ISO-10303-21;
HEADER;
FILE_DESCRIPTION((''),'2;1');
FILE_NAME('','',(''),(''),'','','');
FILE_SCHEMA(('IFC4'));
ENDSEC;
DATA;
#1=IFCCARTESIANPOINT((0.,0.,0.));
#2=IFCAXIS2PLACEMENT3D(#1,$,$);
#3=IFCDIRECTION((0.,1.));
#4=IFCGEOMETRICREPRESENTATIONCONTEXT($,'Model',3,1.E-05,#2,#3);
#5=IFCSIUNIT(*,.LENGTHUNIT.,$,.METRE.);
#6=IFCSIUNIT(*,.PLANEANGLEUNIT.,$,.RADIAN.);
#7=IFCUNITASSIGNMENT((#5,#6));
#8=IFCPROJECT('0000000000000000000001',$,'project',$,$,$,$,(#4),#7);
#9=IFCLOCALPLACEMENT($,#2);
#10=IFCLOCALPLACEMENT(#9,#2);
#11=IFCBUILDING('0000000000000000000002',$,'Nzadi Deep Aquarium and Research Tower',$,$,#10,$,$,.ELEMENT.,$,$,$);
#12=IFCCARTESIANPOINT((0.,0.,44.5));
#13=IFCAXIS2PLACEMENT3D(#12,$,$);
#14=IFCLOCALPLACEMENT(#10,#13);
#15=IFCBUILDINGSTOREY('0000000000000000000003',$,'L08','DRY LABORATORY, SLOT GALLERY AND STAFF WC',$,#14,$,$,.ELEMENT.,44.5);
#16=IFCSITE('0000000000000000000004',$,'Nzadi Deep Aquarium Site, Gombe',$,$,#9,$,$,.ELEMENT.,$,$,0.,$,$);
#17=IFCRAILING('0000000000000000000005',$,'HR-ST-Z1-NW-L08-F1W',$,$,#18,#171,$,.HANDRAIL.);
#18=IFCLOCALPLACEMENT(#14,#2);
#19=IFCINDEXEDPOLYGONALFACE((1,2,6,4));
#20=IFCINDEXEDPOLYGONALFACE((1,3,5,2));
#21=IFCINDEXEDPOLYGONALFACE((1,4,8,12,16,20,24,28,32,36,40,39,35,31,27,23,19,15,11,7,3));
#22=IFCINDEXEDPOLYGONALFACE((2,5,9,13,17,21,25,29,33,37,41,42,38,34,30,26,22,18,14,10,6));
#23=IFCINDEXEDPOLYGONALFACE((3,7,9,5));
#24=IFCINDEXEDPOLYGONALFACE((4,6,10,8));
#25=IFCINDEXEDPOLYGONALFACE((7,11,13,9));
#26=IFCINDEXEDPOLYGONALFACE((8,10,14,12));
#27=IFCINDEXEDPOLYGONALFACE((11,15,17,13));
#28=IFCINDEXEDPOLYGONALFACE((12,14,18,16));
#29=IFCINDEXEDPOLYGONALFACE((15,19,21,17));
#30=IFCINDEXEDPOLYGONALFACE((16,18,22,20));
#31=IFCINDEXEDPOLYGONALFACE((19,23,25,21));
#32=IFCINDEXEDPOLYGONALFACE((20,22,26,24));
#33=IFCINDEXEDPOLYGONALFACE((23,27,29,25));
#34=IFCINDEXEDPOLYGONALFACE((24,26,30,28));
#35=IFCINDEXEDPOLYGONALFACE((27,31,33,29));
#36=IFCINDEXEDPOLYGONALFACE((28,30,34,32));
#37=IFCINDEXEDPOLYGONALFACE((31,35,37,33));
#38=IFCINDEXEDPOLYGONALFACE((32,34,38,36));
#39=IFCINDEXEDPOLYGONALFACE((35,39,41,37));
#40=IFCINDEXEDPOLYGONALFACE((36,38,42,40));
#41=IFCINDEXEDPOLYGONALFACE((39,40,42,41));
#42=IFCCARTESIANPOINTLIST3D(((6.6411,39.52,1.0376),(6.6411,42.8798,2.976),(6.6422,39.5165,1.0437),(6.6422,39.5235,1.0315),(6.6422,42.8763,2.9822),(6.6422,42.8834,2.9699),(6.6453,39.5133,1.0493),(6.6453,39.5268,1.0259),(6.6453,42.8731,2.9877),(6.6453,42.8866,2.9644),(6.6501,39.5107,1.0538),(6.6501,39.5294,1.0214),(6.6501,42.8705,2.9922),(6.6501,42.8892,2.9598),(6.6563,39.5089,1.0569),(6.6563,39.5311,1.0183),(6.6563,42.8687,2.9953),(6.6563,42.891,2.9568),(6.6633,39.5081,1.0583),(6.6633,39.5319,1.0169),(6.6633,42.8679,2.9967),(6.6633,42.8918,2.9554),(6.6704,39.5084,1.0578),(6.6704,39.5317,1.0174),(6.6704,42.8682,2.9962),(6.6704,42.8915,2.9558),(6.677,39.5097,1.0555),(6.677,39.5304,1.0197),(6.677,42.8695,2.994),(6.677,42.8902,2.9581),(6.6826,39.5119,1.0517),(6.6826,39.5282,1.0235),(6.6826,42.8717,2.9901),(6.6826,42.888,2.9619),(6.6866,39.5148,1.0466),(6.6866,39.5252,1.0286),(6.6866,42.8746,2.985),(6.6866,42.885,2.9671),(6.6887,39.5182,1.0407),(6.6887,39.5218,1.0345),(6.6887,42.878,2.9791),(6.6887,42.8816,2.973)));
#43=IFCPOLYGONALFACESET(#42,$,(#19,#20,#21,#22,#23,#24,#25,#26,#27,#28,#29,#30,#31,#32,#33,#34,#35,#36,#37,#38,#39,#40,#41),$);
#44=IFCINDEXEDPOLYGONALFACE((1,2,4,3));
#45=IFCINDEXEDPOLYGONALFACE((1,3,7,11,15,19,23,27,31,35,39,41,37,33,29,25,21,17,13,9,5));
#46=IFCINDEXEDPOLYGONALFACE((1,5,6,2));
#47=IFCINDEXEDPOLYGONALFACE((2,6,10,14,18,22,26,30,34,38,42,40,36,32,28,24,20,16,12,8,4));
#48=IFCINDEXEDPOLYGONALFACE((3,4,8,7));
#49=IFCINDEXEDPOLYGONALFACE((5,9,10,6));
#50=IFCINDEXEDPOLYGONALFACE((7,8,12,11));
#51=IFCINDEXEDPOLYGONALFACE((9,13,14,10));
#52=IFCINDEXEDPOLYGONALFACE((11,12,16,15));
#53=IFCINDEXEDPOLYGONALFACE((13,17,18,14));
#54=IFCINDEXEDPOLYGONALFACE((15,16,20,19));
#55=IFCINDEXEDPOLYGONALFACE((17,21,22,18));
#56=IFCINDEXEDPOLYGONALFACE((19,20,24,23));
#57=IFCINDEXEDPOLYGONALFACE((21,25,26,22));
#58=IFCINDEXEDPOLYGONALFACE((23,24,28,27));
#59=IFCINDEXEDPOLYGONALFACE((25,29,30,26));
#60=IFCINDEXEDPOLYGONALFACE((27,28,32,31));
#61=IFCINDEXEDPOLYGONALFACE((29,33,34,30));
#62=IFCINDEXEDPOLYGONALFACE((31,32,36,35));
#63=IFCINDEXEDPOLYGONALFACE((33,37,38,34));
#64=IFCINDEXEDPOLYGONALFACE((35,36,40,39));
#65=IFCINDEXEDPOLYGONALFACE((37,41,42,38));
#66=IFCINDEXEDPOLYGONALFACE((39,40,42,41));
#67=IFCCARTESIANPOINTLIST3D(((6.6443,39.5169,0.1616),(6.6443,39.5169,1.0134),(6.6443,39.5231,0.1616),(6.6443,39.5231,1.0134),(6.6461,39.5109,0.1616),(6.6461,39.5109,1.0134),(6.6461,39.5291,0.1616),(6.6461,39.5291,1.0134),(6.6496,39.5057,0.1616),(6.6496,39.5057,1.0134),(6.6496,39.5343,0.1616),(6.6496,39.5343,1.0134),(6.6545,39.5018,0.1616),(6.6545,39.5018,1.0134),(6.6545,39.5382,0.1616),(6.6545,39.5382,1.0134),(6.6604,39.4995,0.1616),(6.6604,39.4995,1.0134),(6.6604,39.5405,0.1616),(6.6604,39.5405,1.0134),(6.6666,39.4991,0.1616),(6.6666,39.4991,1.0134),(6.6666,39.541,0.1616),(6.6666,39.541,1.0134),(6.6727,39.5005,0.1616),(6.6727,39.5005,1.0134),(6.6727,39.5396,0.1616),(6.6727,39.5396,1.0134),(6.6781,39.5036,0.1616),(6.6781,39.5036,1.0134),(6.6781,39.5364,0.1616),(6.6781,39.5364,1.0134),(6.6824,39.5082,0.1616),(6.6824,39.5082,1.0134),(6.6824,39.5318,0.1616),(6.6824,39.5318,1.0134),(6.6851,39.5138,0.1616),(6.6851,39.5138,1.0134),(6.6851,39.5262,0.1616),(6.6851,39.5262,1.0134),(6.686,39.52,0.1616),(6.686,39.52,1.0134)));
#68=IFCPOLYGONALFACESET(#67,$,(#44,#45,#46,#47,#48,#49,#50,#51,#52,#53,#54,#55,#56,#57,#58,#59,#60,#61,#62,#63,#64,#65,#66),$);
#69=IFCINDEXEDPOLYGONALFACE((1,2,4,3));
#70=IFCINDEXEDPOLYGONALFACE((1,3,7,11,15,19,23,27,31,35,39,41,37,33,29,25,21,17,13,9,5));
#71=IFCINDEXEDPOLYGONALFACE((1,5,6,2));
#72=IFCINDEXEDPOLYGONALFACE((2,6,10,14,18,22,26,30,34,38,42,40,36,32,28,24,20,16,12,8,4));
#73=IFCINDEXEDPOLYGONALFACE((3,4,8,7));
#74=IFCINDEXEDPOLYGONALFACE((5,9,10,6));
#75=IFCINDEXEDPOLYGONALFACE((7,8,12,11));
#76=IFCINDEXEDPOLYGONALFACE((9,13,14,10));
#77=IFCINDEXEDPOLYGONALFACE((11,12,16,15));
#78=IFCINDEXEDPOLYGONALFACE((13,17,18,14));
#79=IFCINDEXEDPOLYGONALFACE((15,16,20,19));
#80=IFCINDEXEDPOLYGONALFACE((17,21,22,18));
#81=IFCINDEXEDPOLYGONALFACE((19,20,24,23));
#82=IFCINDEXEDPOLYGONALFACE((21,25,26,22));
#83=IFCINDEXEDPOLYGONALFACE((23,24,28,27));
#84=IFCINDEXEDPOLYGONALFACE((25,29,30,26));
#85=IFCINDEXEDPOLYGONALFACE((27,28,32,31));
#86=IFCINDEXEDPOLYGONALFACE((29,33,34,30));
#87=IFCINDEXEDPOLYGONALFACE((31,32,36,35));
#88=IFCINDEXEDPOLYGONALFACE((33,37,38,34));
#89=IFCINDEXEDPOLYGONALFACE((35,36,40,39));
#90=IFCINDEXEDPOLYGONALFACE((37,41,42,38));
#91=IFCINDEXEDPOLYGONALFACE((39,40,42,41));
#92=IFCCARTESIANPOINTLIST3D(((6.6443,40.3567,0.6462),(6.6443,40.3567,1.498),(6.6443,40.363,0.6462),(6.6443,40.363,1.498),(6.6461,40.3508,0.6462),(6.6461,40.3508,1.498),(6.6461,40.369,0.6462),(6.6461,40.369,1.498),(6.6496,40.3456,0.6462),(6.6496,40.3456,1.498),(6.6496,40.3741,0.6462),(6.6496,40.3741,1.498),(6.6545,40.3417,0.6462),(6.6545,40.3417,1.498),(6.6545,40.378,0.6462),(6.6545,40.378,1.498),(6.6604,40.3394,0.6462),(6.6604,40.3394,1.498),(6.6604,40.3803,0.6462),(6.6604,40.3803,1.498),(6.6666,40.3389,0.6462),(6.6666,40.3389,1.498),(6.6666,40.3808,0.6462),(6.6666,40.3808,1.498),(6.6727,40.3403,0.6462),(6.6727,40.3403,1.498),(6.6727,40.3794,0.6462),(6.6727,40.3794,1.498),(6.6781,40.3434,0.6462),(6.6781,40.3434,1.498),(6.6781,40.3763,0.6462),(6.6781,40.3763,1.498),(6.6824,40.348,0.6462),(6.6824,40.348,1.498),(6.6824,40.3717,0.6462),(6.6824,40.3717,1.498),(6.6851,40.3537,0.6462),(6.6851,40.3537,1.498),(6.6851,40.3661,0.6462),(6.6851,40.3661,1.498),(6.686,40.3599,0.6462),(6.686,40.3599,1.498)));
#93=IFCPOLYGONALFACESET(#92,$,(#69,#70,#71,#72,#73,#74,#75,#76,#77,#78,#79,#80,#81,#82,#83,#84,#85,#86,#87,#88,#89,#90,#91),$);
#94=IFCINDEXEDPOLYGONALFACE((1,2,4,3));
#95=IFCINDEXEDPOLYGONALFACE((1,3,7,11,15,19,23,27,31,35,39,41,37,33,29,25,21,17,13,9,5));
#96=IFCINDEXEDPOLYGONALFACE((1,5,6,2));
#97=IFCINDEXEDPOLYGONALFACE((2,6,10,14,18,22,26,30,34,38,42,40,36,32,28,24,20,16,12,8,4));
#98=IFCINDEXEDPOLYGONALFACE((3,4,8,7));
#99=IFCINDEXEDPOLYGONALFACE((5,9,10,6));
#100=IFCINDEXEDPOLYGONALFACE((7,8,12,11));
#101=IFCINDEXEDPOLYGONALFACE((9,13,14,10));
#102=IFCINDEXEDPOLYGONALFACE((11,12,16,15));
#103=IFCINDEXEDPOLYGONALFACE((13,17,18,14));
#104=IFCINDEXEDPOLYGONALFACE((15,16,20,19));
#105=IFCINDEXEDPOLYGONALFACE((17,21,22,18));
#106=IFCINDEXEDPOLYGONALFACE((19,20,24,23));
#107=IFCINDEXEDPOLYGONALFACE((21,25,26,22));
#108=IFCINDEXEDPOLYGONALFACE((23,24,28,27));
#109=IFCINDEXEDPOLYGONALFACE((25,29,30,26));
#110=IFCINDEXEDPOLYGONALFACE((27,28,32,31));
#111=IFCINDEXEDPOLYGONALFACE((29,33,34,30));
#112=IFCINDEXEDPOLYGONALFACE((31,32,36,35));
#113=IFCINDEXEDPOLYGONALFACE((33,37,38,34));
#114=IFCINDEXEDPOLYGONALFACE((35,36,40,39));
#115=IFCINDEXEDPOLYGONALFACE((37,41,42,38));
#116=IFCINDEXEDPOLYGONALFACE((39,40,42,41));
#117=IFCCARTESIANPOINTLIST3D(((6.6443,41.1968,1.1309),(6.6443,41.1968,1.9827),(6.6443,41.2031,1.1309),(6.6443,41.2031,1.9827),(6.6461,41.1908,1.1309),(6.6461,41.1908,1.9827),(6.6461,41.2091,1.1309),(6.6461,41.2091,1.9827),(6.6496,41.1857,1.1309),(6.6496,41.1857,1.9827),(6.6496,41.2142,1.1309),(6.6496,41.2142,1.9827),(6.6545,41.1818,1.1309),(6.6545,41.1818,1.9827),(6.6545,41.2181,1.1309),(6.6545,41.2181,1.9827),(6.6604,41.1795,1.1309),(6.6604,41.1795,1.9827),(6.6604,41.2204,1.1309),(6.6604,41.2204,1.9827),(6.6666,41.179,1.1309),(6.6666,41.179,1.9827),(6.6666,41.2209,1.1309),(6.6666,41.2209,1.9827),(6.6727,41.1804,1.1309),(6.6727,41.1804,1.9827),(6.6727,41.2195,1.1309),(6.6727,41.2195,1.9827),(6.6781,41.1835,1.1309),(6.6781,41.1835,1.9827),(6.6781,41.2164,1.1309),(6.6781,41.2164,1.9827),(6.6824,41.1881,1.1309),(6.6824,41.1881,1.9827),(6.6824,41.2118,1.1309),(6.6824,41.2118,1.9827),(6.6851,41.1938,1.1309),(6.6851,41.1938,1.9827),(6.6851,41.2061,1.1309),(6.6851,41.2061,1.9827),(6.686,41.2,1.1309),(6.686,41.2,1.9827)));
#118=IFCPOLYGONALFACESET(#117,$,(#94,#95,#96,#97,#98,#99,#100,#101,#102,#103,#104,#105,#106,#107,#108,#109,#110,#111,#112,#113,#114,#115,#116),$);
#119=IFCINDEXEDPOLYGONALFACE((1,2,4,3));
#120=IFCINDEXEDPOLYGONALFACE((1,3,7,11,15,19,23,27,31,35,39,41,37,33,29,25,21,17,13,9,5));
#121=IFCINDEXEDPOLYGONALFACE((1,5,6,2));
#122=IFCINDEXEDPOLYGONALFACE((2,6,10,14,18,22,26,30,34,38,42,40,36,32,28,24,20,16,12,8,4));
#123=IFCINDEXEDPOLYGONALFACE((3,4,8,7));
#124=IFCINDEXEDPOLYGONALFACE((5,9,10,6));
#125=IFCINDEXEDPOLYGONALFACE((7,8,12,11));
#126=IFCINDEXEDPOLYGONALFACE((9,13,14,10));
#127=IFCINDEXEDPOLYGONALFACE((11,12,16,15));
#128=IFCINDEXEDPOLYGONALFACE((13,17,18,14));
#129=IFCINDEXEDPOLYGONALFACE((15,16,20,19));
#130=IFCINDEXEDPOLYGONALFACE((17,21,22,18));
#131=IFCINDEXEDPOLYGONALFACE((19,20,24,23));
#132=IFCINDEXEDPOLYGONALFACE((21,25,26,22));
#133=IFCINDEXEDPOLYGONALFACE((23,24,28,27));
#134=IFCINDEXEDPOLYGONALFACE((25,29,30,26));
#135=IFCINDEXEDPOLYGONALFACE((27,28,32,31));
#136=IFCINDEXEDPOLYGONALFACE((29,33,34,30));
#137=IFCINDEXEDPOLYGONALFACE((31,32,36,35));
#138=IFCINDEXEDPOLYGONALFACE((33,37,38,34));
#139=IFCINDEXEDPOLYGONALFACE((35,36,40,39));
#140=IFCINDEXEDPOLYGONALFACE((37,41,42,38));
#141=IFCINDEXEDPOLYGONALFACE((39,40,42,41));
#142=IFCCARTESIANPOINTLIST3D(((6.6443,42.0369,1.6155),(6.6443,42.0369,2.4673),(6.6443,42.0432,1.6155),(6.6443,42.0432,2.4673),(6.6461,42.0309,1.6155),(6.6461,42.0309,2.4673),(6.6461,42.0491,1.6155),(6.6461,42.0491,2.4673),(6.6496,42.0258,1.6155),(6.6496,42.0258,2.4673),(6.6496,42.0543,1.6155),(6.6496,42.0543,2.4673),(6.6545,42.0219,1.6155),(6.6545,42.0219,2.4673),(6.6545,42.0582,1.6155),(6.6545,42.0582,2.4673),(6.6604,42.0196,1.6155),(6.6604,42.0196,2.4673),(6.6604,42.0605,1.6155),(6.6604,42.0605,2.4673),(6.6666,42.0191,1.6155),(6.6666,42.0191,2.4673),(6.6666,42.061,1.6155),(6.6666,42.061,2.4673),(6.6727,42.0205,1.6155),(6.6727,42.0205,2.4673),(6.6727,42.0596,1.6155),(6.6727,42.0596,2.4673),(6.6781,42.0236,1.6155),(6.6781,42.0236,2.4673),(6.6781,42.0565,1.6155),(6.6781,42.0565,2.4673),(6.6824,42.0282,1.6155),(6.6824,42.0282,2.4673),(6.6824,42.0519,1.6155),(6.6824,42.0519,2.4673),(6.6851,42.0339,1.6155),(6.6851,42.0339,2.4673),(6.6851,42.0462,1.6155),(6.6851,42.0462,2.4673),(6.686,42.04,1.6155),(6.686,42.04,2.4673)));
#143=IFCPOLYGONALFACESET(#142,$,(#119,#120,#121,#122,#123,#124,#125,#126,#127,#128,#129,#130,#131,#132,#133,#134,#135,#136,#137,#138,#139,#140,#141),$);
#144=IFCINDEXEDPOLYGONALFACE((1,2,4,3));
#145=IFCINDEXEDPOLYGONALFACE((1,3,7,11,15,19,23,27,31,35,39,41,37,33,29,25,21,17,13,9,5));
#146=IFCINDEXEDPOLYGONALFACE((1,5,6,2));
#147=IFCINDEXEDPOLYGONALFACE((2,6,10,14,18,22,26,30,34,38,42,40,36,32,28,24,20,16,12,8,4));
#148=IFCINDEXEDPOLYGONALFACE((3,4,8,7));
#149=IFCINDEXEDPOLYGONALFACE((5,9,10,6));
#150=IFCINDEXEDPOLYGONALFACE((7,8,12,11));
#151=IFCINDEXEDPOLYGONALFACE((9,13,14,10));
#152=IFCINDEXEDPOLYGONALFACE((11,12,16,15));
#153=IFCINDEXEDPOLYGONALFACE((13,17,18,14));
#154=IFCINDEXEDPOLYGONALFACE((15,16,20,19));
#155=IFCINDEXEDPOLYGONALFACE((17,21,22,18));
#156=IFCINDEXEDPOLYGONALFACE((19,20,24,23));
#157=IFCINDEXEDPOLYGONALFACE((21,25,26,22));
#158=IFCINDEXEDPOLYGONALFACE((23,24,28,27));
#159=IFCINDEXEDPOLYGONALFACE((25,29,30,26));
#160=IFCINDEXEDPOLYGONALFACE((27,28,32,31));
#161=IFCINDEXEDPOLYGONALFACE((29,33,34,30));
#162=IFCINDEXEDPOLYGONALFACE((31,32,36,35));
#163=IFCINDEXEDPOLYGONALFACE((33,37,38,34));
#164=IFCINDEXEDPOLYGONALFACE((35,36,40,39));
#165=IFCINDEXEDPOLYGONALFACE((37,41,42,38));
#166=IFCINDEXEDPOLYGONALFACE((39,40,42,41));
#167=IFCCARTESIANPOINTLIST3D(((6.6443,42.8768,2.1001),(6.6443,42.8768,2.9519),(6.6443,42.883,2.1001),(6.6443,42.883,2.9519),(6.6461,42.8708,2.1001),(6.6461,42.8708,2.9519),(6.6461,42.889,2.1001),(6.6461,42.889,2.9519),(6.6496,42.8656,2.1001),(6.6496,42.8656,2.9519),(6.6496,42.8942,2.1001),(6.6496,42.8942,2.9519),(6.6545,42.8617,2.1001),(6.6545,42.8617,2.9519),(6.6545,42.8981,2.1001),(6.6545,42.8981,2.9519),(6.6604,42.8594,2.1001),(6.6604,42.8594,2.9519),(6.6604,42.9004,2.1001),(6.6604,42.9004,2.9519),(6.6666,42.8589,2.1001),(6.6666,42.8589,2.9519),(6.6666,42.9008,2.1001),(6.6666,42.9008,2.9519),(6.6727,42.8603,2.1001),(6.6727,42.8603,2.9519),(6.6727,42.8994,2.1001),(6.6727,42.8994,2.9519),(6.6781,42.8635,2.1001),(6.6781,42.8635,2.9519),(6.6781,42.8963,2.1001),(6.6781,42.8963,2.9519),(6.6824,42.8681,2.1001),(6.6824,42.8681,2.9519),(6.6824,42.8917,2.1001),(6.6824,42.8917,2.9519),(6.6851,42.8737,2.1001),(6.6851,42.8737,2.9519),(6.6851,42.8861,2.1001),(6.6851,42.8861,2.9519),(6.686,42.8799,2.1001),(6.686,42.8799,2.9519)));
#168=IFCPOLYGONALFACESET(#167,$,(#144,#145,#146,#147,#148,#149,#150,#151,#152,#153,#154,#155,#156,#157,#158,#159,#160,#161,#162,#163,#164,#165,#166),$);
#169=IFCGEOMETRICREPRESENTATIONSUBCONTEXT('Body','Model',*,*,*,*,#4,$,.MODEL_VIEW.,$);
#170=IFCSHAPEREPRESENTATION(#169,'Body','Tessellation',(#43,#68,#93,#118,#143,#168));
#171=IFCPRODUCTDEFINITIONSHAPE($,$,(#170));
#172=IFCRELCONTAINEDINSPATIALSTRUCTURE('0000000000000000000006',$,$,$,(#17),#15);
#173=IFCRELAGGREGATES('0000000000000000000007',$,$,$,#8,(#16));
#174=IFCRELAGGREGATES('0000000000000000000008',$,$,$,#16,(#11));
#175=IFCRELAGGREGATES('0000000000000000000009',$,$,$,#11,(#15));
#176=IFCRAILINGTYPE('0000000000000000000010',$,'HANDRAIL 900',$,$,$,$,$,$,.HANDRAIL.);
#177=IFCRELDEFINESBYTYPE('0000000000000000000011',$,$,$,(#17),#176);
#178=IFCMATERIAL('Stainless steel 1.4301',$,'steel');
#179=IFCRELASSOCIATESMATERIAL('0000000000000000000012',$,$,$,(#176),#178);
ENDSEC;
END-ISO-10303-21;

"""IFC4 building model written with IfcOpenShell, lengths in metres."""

from ifc_helpers import new_model, si_unit, direction, frame, origin, origin_2d, place, context, subcontext, project, spatial, circle, extrude, material, type_object, element, save


model = new_model("IFC4")

# Units and contexts
model_context = context("Model", 3, precision=1e-05, world=origin(), true_north=direction((0.0, 1.0)))
body_context = subcontext(model_context, "Body", "Model", "MODEL_VIEW")
ifc_project = project(units=[si_unit("LENGTHUNIT", "METRE"), si_unit("PLANEANGLEUNIT", "RADIAN")], contexts=[model_context])

# Site, building, storey
site_placement = place(None, origin())
site = spatial("IfcSite", under=ifc_project, at=site_placement, Name="Nzadi Deep Aquarium Site, Gombe", CompositionType="ELEMENT", RefElevation=0.0)
building_placement = place(site_placement, origin())
building = spatial("IfcBuilding", under=site, at=building_placement, Name="Nzadi Deep Aquarium and Research Tower", CompositionType="ELEMENT")
storey_placement = place(building_placement, frame((0.0, 0.0, 44.5)))
storey = spatial("IfcBuildingStorey", under=building, at=storey_placement, Name="L08", Description="DRY LABORATORY, SLOT GALLERY AND STAFF WC", CompositionType="ELEMENT", Elevation=44.5)

# Railing
ifc_material_1 = material(Name="Stainless steel 1.4301", Category="steel")
railing_type = type_object("IfcRailingType", Name="HANDRAIL 900", PredefinedType="HANDRAIL", material=ifc_material_1)
for number, where, name in (
    (1, (6.665, 39.52, 0.1616), "HR-ST-Z1-NW-L08-F1W"),
):
    element("IfcRailing", number, at=place(storey_placement, frame(where)), inside=storey, type_object=railing_type, Name=name, PredefinedType="HANDRAIL", context=body_context, shape_type="SweptSolid", body=[
        extrude(circle(Radius=0.0239, at=origin_2d()), frame((0.0, 0.0, 0.876), z_axis=(0.0, 0.866175, 0.499741), x_axis=(-1.0, 0.0, 0.0)), (0.0, 0.0, 1.0), 3.8789),
        extrude(circle(Radius=0.021, at=origin_2d()), origin(), (0.0, 0.0, 1.0), 0.8518),
        extrude(circle(Radius=0.021, at=origin_2d()), frame((0.0, 0.8398, 0.4846)), (0.0, 0.0, 1.0), 0.8518),
        extrude(circle(Radius=0.021, at=origin_2d()), frame((0.0, 1.6799, 0.9692)), (0.0, 0.0, 1.0), 0.8518),
        extrude(circle(Radius=0.021, at=origin_2d()), frame((0.0, 2.52, 1.4539)), (0.0, 0.0, 1.0), 0.8518),
        extrude(circle(Radius=0.021, at=origin_2d()), frame((0.0, 3.3599, 1.9385)), (0.0, 0.0, 1.0), 0.8518),
    ])

save(model, "model.ifc")
